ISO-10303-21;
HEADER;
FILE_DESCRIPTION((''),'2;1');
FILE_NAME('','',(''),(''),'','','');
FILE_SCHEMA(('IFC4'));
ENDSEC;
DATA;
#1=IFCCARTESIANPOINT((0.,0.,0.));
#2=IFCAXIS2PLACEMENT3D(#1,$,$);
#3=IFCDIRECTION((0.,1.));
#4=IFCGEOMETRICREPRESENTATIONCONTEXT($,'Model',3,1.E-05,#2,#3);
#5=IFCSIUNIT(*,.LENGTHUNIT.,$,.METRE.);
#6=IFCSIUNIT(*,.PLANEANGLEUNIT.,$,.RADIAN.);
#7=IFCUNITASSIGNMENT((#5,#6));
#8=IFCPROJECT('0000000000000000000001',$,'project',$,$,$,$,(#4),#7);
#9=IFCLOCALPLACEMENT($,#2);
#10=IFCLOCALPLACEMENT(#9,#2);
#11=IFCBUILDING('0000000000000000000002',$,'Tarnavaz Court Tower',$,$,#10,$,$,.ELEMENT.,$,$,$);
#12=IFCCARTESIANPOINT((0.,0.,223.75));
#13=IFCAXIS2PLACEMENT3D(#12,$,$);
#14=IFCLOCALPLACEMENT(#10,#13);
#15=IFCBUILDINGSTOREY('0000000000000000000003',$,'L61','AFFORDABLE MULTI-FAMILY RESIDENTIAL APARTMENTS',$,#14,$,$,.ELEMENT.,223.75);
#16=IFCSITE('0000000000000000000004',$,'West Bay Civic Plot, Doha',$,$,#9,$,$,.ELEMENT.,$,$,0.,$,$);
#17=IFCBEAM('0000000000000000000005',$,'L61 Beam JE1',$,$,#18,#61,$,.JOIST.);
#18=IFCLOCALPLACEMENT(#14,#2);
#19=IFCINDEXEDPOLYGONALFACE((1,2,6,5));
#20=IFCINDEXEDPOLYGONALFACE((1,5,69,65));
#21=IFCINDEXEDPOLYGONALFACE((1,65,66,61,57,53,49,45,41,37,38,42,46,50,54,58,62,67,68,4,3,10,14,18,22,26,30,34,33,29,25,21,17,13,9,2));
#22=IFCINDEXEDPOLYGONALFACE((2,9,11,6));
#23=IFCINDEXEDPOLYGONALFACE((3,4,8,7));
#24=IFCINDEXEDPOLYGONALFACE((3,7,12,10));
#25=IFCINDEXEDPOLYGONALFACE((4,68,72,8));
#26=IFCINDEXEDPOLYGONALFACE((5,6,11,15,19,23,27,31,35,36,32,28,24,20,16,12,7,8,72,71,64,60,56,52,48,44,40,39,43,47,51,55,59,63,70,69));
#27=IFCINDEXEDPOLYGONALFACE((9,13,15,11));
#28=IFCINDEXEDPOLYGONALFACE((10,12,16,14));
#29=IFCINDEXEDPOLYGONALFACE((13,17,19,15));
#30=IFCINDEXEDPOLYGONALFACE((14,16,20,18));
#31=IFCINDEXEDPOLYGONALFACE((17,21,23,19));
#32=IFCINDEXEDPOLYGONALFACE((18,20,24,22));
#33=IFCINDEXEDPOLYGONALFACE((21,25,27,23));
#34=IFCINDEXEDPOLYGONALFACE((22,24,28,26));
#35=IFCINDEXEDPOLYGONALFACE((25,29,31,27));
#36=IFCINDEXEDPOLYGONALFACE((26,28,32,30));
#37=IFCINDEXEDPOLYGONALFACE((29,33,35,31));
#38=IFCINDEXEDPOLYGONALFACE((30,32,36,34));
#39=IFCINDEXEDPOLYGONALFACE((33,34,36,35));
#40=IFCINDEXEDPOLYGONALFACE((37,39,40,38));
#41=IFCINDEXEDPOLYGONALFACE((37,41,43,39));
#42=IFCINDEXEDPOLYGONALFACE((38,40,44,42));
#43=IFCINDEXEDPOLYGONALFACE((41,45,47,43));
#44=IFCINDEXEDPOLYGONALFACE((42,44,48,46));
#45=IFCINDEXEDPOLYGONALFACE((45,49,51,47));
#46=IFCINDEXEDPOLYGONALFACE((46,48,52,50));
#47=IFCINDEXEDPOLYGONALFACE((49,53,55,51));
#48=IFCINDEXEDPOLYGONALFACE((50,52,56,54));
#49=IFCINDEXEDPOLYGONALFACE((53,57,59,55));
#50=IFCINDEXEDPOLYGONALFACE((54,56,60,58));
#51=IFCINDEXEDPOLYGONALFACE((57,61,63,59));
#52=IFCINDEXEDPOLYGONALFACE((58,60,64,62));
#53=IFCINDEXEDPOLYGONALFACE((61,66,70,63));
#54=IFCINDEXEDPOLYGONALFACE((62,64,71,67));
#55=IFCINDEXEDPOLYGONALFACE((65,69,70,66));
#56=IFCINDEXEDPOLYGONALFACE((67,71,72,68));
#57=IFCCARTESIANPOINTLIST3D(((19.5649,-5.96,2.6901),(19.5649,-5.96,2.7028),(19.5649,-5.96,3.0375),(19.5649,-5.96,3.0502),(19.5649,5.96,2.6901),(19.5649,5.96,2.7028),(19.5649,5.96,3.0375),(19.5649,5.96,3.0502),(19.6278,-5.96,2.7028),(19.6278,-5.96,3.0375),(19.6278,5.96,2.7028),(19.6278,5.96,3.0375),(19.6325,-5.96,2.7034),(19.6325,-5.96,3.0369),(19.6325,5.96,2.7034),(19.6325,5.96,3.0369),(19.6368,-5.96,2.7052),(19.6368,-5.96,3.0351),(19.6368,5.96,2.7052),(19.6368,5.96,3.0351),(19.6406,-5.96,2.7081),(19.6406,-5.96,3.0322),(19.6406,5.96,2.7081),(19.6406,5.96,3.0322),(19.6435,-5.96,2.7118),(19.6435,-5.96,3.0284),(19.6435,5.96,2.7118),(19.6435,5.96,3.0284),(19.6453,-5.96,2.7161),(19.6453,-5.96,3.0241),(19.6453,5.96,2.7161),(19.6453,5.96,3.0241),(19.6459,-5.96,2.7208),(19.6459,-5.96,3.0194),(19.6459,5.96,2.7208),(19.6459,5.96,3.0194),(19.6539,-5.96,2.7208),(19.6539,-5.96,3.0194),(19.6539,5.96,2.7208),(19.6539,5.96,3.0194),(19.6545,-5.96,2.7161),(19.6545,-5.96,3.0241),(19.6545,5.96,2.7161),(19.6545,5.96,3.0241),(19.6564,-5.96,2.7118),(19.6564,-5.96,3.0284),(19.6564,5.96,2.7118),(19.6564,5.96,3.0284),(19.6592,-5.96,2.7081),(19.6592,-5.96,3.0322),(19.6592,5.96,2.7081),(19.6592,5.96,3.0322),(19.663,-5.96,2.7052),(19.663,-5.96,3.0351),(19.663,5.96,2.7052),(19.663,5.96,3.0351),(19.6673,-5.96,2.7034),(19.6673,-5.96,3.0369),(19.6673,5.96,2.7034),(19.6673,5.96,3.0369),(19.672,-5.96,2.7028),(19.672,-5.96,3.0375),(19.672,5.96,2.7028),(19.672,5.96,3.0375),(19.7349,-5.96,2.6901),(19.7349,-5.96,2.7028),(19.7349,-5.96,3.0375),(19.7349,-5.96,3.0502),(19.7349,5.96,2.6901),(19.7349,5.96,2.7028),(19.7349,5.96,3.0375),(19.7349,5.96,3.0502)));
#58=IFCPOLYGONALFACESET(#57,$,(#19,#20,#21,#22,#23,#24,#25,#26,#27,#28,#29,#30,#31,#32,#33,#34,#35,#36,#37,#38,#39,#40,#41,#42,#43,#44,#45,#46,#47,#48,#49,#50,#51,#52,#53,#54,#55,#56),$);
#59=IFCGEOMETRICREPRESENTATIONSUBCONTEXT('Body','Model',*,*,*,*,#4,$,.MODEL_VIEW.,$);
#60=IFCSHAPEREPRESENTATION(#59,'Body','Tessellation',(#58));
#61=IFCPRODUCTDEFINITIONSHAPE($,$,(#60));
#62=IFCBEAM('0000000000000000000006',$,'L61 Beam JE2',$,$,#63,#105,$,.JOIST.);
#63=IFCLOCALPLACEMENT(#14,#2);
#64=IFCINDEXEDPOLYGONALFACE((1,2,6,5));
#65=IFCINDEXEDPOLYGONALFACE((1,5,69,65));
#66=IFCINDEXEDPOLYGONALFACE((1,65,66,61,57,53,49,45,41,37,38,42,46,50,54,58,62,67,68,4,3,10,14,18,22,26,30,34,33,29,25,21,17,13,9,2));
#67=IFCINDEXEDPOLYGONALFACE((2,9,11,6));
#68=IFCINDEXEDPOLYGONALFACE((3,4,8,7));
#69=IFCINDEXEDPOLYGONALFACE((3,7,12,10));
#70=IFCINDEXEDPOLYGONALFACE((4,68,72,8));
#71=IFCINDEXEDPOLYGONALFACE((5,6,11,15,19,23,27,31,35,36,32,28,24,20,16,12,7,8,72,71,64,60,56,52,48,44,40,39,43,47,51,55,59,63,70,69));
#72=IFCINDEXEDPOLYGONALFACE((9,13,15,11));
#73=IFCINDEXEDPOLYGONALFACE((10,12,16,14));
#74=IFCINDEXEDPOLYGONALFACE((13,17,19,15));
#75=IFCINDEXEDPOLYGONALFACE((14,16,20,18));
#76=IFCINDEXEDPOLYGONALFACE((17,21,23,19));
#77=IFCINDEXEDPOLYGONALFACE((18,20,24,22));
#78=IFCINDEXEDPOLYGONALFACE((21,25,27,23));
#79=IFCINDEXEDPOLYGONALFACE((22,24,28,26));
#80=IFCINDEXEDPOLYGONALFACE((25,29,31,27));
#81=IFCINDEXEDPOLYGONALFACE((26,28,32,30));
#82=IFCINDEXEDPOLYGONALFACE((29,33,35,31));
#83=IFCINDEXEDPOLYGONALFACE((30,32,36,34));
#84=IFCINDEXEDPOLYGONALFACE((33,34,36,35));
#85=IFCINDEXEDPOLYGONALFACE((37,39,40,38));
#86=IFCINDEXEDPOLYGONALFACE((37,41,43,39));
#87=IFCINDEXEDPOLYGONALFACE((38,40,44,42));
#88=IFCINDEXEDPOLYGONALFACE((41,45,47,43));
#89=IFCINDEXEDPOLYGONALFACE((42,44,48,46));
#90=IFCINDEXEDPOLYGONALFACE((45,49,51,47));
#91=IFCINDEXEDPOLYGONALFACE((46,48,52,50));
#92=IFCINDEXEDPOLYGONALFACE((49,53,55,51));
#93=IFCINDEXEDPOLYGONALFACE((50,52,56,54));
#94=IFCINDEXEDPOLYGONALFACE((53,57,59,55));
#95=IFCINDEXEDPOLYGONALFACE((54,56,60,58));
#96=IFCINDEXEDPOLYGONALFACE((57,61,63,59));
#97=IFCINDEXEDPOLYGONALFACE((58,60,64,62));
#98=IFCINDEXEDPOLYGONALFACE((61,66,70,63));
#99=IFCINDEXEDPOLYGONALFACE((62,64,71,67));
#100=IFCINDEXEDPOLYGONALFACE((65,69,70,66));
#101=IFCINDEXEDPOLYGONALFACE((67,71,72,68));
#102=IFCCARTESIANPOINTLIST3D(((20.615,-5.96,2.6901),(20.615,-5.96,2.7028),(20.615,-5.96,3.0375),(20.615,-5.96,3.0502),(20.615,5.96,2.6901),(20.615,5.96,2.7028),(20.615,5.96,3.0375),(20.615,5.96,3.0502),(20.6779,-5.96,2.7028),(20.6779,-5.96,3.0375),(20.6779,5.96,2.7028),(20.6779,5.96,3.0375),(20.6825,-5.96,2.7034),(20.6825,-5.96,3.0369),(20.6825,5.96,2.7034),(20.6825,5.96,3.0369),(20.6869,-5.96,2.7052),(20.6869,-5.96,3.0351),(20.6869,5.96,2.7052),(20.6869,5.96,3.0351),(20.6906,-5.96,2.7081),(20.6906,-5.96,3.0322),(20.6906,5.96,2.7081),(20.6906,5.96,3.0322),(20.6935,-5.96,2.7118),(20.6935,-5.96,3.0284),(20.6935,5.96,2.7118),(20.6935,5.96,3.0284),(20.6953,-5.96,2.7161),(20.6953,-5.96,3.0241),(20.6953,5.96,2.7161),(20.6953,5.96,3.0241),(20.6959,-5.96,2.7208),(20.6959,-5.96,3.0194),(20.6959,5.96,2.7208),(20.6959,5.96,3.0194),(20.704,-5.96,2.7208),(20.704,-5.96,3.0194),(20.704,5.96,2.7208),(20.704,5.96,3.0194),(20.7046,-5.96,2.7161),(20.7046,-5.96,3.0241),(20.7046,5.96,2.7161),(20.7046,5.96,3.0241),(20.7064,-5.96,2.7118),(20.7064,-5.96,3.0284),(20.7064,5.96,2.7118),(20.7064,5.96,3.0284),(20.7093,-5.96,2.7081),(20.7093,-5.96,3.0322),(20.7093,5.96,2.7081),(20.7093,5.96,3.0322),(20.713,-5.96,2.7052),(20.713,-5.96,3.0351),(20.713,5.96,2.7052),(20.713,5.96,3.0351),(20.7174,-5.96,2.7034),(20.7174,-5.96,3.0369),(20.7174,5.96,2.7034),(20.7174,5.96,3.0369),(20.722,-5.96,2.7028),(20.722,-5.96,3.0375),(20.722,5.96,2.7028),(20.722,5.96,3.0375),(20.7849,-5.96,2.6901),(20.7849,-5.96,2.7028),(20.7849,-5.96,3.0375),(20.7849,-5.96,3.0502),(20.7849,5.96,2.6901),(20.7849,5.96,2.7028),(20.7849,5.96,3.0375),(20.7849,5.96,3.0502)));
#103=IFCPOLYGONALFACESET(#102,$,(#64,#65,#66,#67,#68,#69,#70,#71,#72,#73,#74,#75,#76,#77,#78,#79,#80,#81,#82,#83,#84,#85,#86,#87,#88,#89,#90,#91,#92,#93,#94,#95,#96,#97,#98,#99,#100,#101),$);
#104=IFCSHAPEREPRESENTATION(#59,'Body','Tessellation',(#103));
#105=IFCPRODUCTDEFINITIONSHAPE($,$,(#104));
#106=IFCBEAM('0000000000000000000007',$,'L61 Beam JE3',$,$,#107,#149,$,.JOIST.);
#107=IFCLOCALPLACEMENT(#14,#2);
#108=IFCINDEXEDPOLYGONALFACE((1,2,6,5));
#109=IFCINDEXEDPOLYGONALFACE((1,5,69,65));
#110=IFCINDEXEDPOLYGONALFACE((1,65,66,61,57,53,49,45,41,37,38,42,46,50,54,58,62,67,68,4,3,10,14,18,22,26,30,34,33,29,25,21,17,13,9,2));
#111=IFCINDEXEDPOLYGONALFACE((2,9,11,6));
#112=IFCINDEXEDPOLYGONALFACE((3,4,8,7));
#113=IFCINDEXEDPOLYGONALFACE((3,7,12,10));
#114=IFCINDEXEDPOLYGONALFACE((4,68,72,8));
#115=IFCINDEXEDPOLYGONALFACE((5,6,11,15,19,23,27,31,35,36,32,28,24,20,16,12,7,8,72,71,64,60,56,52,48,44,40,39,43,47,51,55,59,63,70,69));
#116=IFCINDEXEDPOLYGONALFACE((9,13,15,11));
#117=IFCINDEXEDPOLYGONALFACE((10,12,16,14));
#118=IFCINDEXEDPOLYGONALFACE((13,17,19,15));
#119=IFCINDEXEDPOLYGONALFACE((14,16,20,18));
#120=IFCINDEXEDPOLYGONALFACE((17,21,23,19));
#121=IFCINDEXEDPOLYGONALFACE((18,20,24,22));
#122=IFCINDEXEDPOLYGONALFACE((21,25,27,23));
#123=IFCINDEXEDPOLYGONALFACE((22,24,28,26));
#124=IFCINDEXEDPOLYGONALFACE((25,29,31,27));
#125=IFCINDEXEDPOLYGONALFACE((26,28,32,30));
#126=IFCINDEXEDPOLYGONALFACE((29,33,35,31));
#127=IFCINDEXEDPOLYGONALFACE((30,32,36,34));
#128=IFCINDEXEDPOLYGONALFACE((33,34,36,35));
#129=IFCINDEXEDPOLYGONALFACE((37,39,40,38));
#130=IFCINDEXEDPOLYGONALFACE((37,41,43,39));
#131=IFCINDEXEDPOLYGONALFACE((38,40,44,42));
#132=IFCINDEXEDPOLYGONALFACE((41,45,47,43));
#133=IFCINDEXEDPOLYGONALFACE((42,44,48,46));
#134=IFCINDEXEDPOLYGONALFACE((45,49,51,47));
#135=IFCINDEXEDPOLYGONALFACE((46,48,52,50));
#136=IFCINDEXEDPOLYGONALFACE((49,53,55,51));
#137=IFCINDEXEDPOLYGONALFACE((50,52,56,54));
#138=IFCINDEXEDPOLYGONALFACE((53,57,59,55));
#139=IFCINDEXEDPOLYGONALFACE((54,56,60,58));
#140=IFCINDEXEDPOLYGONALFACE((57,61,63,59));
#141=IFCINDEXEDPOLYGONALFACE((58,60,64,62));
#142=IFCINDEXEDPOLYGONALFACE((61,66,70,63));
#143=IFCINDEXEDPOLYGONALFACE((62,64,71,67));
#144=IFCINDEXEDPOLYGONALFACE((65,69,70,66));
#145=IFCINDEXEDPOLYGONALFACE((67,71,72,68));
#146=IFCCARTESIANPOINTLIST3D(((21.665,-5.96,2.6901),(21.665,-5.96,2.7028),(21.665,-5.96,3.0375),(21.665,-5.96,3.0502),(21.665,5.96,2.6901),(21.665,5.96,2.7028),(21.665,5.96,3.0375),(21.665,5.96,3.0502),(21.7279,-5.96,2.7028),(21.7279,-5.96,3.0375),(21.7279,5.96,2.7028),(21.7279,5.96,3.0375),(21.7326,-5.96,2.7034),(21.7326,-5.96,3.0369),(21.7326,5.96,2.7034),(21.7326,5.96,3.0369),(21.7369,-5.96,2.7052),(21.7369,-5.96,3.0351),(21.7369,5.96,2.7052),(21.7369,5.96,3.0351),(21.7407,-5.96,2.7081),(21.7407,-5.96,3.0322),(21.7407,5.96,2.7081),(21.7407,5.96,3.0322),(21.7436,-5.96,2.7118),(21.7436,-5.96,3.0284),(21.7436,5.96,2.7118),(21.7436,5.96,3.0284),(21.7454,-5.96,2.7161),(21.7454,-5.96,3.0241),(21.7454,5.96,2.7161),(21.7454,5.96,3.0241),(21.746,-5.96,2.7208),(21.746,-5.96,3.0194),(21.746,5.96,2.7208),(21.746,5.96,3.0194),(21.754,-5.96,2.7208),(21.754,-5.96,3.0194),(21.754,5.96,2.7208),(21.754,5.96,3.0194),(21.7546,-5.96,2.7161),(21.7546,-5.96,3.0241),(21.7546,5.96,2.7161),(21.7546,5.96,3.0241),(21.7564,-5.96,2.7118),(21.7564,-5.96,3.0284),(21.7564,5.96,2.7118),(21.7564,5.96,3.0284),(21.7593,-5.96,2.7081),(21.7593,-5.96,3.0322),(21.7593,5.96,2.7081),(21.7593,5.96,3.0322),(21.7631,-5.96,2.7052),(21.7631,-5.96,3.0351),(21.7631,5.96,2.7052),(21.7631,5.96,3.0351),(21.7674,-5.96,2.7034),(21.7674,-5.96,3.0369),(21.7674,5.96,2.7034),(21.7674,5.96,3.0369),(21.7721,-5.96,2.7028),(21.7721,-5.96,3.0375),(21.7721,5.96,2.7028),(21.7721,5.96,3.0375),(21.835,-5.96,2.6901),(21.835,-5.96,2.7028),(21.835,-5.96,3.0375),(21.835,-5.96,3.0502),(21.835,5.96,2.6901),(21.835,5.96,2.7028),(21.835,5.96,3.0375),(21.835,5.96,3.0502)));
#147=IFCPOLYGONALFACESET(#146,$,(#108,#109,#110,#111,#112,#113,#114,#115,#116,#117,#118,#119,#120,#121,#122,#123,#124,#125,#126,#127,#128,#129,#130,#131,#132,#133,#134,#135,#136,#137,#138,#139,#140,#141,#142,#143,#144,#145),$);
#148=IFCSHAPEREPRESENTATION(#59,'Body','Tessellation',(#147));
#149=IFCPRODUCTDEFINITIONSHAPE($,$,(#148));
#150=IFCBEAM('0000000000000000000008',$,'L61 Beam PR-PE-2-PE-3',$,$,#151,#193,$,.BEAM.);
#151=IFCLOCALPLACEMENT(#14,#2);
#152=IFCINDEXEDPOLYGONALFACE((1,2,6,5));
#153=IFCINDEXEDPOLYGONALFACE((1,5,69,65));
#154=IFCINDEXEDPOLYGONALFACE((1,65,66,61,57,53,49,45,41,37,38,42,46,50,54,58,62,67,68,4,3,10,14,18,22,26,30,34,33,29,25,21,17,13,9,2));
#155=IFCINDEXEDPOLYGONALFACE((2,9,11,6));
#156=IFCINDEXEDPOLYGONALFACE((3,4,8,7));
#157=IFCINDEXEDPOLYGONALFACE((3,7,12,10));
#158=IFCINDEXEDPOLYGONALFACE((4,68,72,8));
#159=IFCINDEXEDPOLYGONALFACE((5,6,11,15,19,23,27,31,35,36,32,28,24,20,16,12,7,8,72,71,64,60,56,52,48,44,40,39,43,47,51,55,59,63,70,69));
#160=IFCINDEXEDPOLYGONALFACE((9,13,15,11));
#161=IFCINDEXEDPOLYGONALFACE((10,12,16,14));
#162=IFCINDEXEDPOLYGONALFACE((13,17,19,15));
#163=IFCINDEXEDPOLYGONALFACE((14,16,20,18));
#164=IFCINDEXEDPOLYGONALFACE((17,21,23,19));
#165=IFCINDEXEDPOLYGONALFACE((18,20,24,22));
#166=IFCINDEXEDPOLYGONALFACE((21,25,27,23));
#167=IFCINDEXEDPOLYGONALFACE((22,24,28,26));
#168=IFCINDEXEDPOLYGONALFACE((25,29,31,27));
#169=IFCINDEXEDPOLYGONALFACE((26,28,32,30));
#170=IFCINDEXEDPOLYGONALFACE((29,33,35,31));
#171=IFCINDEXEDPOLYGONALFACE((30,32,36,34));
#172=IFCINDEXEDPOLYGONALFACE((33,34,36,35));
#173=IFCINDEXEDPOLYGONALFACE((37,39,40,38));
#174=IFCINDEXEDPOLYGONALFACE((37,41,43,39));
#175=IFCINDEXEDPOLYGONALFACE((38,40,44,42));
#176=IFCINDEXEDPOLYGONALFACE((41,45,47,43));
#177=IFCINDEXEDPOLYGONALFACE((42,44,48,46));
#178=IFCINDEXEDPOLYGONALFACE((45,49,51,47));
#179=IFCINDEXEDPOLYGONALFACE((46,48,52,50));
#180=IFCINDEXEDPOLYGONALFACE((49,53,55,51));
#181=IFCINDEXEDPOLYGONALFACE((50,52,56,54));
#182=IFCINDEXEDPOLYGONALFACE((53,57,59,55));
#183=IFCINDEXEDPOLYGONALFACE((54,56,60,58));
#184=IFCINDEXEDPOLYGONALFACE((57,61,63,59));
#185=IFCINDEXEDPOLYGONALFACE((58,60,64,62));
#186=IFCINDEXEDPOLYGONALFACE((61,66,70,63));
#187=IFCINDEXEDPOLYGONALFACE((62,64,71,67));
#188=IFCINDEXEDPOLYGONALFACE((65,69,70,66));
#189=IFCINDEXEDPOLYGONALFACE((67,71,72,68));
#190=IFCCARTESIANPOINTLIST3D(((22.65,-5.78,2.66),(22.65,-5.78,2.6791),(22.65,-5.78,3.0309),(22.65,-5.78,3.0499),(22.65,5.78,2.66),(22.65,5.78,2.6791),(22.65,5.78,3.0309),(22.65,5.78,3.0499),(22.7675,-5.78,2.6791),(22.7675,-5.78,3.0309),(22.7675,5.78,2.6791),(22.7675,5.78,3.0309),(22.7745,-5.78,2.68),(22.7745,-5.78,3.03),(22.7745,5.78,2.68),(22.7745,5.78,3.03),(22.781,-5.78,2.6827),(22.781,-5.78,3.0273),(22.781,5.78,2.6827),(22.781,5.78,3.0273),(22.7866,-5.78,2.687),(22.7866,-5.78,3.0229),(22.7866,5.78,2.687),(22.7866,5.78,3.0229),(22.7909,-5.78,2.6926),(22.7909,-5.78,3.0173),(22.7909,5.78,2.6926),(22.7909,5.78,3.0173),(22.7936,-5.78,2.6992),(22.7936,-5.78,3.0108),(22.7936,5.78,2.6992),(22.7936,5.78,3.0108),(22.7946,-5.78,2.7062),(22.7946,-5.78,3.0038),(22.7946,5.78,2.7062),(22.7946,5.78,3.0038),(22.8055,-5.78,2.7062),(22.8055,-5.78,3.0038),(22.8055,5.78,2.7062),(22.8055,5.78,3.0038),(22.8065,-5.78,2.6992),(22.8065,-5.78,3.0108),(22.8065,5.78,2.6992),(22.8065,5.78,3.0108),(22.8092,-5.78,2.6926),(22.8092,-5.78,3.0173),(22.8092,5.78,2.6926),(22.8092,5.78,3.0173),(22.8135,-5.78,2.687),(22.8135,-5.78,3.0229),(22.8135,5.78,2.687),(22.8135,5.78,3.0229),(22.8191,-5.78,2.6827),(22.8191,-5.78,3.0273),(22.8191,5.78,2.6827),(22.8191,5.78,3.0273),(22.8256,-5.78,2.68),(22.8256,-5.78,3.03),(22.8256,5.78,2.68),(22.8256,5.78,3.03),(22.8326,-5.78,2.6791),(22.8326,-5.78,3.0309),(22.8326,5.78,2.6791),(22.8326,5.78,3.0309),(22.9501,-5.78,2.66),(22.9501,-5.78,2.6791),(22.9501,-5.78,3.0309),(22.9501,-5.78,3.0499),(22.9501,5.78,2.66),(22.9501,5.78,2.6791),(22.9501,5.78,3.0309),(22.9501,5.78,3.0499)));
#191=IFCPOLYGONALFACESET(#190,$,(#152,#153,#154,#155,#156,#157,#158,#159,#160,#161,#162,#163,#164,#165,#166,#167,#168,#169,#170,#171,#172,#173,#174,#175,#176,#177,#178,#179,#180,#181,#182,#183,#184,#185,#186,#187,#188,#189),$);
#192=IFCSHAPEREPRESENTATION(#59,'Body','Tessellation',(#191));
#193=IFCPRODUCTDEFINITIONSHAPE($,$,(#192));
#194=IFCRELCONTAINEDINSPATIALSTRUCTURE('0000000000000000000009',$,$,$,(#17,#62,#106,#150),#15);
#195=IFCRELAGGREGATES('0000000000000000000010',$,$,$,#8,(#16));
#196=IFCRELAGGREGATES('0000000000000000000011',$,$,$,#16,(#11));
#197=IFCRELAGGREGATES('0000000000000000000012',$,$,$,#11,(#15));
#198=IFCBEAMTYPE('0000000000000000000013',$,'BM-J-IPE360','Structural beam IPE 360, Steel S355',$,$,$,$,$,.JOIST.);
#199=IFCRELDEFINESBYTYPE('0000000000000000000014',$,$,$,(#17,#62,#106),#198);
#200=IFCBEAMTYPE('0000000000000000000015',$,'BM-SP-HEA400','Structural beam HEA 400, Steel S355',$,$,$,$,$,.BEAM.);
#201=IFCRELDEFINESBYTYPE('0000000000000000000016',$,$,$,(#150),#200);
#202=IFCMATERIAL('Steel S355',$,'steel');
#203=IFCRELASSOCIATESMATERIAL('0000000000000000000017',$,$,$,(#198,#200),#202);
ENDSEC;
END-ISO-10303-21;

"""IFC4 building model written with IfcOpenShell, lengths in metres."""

from ifc_helpers import new_model, si_unit, direction, frame, origin, origin_2d, place, context, subcontext, project, spatial, i_section, extrude, material, material_profile, profile_set, type_object, element, save


model = new_model("IFC4")

# Units and contexts
model_context = context("Model", 3, precision=1e-05, world=origin(), true_north=direction((0.0, 1.0)))
body_context = subcontext(model_context, "Body", "Model", "MODEL_VIEW")
ifc_project = project(units=[si_unit("LENGTHUNIT", "METRE"), si_unit("PLANEANGLEUNIT", "RADIAN")], contexts=[model_context])

# Site, building, storey
site_placement = place(None, origin())
site = spatial("IfcSite", under=ifc_project, at=site_placement, Name="West Bay Civic Plot, Doha", CompositionType="ELEMENT", RefElevation=0.0)
building_placement = place(site_placement, origin())
building = spatial("IfcBuilding", under=site, at=building_placement, Name="Tarnavaz Court Tower", CompositionType="ELEMENT")
storey_placement = place(building_placement, frame((0.0, 0.0, 223.75)))
storey = spatial("IfcBuildingStorey", under=building, at=storey_placement, Name="L61", Description="AFFORDABLE MULTI-FAMILY RESIDENTIAL APARTMENTS", CompositionType="ELEMENT", Elevation=223.75)

# Beams
ifc_material_1 = material(Name="Steel S355", Category="steel")
ifc_material_profile_1 = material_profile(ifc_material_1, i_section(OverallWidth=0.1699, OverallDepth=0.3601, WebThickness=0.0081, FlangeThickness=0.0127, FilletRadius=0.0181, at=origin_2d()), Name="IPE 360")
ifc_profile_set_1 = profile_set([ifc_material_profile_1], Name="Steel S355")
beam_type_1 = type_object("IfcBeamType", Name="BM-J-IPE360", Description="Structural beam IPE 360, Steel S355", PredefinedType="JOIST", material=ifc_profile_set_1)
for number, where, z_axis, x_axis, name in (
    (1, (19.6499, -5.96, 2.8701), (0.0, 1.0, 0.0), (-1.0, 0.0, 0.0), "L61 Beam JE1"),
    (2, (20.7, -5.96, 2.8701), (0.0, 1.0, 0.0), (-1.0, 0.0, 0.0), "L61 Beam JE2"),
    (3, (21.75, -5.96, 2.8701), (0.0, 1.0, 0.0), (-1.0, 0.0, 0.0), "L61 Beam JE3"),
):
    element("IfcBeam", number, at=place(storey_placement, frame(where, z_axis=z_axis, x_axis=x_axis)), inside=storey, type_object=beam_type_1, Name=name, PredefinedType="JOIST", context=body_context, shape_type="SweptSolid", body=[
        extrude(i_section(OverallWidth=0.1699, OverallDepth=0.3601, WebThickness=0.0081, FlangeThickness=0.0127, FilletRadius=0.0181, at=origin_2d()), origin(), (0.0, 0.0, 1.0), 11.9199),
    ])
ifc_material_profile_2 = material_profile(ifc_material_1, i_section(OverallWidth=0.3, OverallDepth=0.3899, WebThickness=0.011, FlangeThickness=0.019, FilletRadius=0.0271, at=origin_2d()), Name="HEA 400")
ifc_profile_set_2 = profile_set([ifc_material_profile_2], Name="Steel S355")
beam_type_2 = type_object("IfcBeamType", Name="BM-SP-HEA400", Description="Structural beam HEA 400, Steel S355", PredefinedType="BEAM", material=ifc_profile_set_2)
beam_1_placement = place(storey_placement, frame((22.8, -5.78, 2.855), z_axis=(0.0, 1.0, 0.0), x_axis=(-1.0, 0.0, 0.0)))
element("IfcBeam", 4, at=beam_1_placement, inside=storey, type_object=beam_type_2, Name="L61 Beam PR-PE-2-PE-3", PredefinedType="BEAM", context=body_context, shape_type="SweptSolid", body=[
    extrude(i_section(OverallWidth=0.3, OverallDepth=0.3899, WebThickness=0.011, FlangeThickness=0.019, FilletRadius=0.0271, at=origin_2d()), origin(), (0.0, 0.0, 1.0), 11.5601),
])

save(model, "model.ifc")
